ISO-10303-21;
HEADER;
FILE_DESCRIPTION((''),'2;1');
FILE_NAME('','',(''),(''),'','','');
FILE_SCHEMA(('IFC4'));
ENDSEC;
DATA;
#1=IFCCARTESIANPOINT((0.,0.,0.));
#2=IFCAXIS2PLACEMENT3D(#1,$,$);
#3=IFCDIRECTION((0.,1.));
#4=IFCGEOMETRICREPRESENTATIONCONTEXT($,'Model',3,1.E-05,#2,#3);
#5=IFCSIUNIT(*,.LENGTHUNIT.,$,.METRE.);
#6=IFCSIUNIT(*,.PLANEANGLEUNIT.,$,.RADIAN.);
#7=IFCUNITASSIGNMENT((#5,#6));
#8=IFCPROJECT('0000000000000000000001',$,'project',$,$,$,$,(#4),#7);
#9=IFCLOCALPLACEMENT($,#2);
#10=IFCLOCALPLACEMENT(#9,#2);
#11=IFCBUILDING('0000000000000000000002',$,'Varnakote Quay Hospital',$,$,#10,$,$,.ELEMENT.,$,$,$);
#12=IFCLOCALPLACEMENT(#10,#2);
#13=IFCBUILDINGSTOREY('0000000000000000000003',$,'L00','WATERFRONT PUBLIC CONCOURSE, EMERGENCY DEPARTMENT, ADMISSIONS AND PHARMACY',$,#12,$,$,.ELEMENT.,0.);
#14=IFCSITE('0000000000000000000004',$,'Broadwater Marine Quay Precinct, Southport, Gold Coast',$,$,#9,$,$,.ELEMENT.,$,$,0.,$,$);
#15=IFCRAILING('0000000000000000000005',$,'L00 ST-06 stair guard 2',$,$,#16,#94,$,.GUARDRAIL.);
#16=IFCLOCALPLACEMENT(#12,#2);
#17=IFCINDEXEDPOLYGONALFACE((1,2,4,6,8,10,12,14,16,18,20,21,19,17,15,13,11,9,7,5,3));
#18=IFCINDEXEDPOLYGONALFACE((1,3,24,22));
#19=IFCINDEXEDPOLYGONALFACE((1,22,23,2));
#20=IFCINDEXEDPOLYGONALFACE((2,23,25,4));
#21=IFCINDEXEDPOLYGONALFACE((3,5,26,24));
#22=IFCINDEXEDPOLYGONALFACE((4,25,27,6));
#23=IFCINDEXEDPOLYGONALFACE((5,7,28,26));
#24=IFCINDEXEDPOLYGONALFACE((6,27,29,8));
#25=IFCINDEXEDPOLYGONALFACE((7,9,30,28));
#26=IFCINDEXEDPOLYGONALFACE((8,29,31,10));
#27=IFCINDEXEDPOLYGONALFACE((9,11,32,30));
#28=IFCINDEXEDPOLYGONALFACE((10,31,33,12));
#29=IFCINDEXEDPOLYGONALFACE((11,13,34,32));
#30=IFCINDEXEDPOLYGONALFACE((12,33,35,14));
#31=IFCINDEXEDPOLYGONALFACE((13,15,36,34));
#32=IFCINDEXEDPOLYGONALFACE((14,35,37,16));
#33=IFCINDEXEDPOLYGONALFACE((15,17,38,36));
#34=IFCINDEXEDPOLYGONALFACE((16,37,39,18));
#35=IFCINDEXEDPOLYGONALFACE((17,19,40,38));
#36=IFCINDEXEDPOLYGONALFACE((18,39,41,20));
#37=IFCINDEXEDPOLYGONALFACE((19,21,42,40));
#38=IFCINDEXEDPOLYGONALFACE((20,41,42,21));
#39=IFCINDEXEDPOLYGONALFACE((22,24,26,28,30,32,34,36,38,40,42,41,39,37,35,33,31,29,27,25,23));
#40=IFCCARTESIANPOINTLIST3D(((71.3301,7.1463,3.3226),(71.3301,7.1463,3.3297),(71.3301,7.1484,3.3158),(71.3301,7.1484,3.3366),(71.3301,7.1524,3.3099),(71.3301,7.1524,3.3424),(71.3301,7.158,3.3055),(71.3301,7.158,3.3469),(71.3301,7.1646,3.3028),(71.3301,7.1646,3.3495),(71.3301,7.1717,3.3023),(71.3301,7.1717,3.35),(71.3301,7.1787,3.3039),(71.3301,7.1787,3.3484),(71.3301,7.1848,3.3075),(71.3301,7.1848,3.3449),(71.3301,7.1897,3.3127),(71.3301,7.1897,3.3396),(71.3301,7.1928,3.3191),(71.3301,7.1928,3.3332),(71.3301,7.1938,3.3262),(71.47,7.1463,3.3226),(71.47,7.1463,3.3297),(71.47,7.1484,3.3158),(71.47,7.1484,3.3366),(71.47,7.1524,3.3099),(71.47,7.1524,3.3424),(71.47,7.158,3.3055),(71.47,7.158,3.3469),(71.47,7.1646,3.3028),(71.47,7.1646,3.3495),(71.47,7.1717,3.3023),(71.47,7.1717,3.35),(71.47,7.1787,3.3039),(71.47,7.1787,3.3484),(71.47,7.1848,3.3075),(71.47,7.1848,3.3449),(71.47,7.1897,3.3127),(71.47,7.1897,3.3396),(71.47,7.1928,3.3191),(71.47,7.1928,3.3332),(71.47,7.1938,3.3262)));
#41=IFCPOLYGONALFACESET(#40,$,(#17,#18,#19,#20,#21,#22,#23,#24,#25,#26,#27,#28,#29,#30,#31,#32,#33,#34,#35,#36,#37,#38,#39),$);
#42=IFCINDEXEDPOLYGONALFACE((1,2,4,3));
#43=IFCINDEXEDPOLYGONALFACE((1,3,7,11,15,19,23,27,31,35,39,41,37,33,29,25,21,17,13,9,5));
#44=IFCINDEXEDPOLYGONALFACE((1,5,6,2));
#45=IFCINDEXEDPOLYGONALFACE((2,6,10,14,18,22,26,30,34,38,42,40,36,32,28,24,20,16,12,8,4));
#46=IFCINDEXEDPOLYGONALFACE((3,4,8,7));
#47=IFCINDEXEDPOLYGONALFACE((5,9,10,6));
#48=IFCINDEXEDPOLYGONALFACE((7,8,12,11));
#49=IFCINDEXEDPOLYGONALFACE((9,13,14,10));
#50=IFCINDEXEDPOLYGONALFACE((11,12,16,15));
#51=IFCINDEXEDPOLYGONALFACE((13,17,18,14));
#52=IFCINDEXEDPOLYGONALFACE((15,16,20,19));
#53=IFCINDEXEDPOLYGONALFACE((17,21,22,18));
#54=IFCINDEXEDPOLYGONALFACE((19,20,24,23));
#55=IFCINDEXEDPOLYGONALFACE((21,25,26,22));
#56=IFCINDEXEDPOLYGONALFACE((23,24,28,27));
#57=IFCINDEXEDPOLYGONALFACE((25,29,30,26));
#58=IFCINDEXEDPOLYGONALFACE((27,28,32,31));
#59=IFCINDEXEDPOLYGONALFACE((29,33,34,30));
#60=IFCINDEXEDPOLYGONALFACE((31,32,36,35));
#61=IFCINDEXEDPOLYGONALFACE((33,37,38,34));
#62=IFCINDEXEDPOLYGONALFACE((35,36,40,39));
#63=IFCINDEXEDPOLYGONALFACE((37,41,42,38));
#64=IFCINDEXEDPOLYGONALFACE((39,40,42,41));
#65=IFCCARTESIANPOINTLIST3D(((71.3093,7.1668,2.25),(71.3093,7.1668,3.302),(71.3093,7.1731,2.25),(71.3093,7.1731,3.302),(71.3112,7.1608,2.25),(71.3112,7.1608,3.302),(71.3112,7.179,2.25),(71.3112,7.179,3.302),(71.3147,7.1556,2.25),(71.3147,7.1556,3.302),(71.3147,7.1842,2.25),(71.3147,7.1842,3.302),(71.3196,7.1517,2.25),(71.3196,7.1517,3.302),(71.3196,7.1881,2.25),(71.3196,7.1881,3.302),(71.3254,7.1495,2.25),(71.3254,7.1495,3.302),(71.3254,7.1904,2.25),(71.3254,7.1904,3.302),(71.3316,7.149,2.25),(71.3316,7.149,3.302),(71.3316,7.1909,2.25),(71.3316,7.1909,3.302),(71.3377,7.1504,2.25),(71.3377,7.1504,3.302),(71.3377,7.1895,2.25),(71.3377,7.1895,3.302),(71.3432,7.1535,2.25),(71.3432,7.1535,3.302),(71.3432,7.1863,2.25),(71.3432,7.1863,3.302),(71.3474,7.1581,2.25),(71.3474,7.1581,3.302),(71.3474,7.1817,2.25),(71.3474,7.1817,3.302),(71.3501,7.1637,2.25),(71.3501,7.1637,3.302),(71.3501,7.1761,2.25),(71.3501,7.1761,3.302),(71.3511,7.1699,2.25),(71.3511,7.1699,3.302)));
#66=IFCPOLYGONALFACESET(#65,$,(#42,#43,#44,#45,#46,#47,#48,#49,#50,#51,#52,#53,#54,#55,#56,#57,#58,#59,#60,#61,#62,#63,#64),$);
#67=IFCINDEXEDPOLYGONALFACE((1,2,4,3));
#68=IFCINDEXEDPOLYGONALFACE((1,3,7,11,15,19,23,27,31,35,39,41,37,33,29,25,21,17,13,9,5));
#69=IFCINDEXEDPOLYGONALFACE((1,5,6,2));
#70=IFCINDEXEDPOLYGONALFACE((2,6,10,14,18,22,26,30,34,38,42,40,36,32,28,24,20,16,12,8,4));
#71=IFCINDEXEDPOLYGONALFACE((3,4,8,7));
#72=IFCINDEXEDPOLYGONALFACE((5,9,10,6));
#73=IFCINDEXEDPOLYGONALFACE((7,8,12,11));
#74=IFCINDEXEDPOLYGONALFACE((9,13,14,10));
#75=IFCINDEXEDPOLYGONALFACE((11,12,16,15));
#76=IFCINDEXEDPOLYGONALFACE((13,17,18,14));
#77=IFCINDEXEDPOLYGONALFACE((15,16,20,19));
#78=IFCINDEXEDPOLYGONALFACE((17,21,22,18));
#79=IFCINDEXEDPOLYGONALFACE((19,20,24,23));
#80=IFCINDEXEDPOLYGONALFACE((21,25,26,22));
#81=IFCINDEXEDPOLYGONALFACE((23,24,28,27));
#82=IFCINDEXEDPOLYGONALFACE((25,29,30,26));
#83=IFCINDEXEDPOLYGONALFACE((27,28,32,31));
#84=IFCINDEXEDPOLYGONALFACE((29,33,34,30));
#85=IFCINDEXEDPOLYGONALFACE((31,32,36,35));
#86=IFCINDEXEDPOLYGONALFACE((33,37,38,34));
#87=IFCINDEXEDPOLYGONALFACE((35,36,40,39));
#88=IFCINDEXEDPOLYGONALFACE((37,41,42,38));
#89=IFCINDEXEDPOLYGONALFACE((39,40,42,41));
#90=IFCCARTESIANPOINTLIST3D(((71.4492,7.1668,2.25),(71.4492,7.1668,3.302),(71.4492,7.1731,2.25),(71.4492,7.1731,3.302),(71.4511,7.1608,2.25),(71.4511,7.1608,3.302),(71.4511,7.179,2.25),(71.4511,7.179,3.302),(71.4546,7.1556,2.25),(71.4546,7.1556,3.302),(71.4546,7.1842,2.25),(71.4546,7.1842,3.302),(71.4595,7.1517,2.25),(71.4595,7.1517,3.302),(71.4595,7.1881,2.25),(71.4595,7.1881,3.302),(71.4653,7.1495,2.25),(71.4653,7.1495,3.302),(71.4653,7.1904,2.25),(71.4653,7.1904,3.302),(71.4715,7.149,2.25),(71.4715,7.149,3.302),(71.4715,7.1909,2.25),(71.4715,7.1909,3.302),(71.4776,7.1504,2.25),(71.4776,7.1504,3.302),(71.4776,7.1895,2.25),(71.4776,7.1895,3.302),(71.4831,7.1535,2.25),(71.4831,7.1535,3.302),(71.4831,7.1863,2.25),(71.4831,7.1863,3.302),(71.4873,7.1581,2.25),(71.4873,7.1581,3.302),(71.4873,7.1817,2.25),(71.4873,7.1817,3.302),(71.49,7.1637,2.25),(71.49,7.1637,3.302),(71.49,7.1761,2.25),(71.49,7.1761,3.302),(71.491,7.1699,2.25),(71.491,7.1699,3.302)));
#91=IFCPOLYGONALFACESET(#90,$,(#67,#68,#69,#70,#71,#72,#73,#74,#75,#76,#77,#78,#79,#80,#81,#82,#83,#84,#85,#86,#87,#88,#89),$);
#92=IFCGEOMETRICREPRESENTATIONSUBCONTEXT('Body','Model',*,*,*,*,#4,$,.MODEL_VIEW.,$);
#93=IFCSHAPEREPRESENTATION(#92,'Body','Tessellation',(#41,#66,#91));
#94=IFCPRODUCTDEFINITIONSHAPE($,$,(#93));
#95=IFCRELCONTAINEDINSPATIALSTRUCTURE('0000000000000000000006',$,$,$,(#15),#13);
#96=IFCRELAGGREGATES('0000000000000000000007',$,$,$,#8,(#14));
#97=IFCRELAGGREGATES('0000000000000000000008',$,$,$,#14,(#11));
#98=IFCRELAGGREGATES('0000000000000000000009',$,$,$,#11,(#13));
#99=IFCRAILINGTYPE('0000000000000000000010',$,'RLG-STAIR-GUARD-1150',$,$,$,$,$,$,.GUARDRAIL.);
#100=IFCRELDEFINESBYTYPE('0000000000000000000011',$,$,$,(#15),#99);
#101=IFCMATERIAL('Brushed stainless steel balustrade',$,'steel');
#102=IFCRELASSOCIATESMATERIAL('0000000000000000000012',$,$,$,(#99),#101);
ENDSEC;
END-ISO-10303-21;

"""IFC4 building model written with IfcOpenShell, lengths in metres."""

from ifc_helpers import new_model, si_unit, direction, frame, origin, origin_2d, place, context, subcontext, project, spatial, circle, extrude, material, type_object, element, save


model = new_model("IFC4")

# Units and contexts
model_context = context("Model", 3, precision=1e-05, world=origin(), true_north=direction((0.0, 1.0)))
body_context = subcontext(model_context, "Body", "Model", "MODEL_VIEW")
ifc_project = project(units=[si_unit("LENGTHUNIT", "METRE"), si_unit("PLANEANGLEUNIT", "RADIAN")], contexts=[model_context])

# Site, building, storey
site_placement = place(None, origin())
site = spatial("IfcSite", under=ifc_project, at=site_placement, Name="Broadwater Marine Quay Precinct, Southport, Gold Coast", CompositionType="ELEMENT", RefElevation=0.0)
building_placement = place(site_placement, origin())
building = spatial("IfcBuilding", under=site, at=building_placement, Name="Varnakote Quay Hospital", CompositionType="ELEMENT")
storey_placement = place(building_placement, origin())
storey = spatial("IfcBuildingStorey", under=building, at=storey_placement, Name="L00", Description="WATERFRONT PUBLIC CONCOURSE, EMERGENCY DEPARTMENT, ADMISSIONS AND PHARMACY", CompositionType="ELEMENT", Elevation=0.0)

# Railing
ifc_material_1 = material(Name="Brushed stainless steel balustrade", Category="steel")
railing_type_1 = type_object("IfcRailingType", Name="RLG-STAIR-GUARD-1150", PredefinedType="GUARDRAIL", material=ifc_material_1)
railing_1_placement = place(storey_placement, frame((71.3301, 7.1699, 2.25)))
element("IfcRailing", 1, at=railing_1_placement, inside=storey, type_object=railing_type_1, Name="L00 ST-06 stair guard 2", PredefinedType="GUARDRAIL", context=body_context, shape_type="SweptSolid", body=[
    extrude(circle(Radius=0.0239, at=origin_2d()), frame((0.0, 0.0, 1.0762), z_axis=(1.0, 0.0, 0.0), x_axis=(0.0, 1.0, 0.0)), (0.0, 0.0, 1.0), 0.1399),
    extrude(circle(Radius=0.021, at=origin_2d()), origin(), (0.0, 0.0, 1.0), 1.052),
    extrude(circle(Radius=0.021, at=origin_2d()), frame((0.1399, 0.0, 0.0)), (0.0, 0.0, 1.0), 1.052),
])

save(model, "model.ifc")
